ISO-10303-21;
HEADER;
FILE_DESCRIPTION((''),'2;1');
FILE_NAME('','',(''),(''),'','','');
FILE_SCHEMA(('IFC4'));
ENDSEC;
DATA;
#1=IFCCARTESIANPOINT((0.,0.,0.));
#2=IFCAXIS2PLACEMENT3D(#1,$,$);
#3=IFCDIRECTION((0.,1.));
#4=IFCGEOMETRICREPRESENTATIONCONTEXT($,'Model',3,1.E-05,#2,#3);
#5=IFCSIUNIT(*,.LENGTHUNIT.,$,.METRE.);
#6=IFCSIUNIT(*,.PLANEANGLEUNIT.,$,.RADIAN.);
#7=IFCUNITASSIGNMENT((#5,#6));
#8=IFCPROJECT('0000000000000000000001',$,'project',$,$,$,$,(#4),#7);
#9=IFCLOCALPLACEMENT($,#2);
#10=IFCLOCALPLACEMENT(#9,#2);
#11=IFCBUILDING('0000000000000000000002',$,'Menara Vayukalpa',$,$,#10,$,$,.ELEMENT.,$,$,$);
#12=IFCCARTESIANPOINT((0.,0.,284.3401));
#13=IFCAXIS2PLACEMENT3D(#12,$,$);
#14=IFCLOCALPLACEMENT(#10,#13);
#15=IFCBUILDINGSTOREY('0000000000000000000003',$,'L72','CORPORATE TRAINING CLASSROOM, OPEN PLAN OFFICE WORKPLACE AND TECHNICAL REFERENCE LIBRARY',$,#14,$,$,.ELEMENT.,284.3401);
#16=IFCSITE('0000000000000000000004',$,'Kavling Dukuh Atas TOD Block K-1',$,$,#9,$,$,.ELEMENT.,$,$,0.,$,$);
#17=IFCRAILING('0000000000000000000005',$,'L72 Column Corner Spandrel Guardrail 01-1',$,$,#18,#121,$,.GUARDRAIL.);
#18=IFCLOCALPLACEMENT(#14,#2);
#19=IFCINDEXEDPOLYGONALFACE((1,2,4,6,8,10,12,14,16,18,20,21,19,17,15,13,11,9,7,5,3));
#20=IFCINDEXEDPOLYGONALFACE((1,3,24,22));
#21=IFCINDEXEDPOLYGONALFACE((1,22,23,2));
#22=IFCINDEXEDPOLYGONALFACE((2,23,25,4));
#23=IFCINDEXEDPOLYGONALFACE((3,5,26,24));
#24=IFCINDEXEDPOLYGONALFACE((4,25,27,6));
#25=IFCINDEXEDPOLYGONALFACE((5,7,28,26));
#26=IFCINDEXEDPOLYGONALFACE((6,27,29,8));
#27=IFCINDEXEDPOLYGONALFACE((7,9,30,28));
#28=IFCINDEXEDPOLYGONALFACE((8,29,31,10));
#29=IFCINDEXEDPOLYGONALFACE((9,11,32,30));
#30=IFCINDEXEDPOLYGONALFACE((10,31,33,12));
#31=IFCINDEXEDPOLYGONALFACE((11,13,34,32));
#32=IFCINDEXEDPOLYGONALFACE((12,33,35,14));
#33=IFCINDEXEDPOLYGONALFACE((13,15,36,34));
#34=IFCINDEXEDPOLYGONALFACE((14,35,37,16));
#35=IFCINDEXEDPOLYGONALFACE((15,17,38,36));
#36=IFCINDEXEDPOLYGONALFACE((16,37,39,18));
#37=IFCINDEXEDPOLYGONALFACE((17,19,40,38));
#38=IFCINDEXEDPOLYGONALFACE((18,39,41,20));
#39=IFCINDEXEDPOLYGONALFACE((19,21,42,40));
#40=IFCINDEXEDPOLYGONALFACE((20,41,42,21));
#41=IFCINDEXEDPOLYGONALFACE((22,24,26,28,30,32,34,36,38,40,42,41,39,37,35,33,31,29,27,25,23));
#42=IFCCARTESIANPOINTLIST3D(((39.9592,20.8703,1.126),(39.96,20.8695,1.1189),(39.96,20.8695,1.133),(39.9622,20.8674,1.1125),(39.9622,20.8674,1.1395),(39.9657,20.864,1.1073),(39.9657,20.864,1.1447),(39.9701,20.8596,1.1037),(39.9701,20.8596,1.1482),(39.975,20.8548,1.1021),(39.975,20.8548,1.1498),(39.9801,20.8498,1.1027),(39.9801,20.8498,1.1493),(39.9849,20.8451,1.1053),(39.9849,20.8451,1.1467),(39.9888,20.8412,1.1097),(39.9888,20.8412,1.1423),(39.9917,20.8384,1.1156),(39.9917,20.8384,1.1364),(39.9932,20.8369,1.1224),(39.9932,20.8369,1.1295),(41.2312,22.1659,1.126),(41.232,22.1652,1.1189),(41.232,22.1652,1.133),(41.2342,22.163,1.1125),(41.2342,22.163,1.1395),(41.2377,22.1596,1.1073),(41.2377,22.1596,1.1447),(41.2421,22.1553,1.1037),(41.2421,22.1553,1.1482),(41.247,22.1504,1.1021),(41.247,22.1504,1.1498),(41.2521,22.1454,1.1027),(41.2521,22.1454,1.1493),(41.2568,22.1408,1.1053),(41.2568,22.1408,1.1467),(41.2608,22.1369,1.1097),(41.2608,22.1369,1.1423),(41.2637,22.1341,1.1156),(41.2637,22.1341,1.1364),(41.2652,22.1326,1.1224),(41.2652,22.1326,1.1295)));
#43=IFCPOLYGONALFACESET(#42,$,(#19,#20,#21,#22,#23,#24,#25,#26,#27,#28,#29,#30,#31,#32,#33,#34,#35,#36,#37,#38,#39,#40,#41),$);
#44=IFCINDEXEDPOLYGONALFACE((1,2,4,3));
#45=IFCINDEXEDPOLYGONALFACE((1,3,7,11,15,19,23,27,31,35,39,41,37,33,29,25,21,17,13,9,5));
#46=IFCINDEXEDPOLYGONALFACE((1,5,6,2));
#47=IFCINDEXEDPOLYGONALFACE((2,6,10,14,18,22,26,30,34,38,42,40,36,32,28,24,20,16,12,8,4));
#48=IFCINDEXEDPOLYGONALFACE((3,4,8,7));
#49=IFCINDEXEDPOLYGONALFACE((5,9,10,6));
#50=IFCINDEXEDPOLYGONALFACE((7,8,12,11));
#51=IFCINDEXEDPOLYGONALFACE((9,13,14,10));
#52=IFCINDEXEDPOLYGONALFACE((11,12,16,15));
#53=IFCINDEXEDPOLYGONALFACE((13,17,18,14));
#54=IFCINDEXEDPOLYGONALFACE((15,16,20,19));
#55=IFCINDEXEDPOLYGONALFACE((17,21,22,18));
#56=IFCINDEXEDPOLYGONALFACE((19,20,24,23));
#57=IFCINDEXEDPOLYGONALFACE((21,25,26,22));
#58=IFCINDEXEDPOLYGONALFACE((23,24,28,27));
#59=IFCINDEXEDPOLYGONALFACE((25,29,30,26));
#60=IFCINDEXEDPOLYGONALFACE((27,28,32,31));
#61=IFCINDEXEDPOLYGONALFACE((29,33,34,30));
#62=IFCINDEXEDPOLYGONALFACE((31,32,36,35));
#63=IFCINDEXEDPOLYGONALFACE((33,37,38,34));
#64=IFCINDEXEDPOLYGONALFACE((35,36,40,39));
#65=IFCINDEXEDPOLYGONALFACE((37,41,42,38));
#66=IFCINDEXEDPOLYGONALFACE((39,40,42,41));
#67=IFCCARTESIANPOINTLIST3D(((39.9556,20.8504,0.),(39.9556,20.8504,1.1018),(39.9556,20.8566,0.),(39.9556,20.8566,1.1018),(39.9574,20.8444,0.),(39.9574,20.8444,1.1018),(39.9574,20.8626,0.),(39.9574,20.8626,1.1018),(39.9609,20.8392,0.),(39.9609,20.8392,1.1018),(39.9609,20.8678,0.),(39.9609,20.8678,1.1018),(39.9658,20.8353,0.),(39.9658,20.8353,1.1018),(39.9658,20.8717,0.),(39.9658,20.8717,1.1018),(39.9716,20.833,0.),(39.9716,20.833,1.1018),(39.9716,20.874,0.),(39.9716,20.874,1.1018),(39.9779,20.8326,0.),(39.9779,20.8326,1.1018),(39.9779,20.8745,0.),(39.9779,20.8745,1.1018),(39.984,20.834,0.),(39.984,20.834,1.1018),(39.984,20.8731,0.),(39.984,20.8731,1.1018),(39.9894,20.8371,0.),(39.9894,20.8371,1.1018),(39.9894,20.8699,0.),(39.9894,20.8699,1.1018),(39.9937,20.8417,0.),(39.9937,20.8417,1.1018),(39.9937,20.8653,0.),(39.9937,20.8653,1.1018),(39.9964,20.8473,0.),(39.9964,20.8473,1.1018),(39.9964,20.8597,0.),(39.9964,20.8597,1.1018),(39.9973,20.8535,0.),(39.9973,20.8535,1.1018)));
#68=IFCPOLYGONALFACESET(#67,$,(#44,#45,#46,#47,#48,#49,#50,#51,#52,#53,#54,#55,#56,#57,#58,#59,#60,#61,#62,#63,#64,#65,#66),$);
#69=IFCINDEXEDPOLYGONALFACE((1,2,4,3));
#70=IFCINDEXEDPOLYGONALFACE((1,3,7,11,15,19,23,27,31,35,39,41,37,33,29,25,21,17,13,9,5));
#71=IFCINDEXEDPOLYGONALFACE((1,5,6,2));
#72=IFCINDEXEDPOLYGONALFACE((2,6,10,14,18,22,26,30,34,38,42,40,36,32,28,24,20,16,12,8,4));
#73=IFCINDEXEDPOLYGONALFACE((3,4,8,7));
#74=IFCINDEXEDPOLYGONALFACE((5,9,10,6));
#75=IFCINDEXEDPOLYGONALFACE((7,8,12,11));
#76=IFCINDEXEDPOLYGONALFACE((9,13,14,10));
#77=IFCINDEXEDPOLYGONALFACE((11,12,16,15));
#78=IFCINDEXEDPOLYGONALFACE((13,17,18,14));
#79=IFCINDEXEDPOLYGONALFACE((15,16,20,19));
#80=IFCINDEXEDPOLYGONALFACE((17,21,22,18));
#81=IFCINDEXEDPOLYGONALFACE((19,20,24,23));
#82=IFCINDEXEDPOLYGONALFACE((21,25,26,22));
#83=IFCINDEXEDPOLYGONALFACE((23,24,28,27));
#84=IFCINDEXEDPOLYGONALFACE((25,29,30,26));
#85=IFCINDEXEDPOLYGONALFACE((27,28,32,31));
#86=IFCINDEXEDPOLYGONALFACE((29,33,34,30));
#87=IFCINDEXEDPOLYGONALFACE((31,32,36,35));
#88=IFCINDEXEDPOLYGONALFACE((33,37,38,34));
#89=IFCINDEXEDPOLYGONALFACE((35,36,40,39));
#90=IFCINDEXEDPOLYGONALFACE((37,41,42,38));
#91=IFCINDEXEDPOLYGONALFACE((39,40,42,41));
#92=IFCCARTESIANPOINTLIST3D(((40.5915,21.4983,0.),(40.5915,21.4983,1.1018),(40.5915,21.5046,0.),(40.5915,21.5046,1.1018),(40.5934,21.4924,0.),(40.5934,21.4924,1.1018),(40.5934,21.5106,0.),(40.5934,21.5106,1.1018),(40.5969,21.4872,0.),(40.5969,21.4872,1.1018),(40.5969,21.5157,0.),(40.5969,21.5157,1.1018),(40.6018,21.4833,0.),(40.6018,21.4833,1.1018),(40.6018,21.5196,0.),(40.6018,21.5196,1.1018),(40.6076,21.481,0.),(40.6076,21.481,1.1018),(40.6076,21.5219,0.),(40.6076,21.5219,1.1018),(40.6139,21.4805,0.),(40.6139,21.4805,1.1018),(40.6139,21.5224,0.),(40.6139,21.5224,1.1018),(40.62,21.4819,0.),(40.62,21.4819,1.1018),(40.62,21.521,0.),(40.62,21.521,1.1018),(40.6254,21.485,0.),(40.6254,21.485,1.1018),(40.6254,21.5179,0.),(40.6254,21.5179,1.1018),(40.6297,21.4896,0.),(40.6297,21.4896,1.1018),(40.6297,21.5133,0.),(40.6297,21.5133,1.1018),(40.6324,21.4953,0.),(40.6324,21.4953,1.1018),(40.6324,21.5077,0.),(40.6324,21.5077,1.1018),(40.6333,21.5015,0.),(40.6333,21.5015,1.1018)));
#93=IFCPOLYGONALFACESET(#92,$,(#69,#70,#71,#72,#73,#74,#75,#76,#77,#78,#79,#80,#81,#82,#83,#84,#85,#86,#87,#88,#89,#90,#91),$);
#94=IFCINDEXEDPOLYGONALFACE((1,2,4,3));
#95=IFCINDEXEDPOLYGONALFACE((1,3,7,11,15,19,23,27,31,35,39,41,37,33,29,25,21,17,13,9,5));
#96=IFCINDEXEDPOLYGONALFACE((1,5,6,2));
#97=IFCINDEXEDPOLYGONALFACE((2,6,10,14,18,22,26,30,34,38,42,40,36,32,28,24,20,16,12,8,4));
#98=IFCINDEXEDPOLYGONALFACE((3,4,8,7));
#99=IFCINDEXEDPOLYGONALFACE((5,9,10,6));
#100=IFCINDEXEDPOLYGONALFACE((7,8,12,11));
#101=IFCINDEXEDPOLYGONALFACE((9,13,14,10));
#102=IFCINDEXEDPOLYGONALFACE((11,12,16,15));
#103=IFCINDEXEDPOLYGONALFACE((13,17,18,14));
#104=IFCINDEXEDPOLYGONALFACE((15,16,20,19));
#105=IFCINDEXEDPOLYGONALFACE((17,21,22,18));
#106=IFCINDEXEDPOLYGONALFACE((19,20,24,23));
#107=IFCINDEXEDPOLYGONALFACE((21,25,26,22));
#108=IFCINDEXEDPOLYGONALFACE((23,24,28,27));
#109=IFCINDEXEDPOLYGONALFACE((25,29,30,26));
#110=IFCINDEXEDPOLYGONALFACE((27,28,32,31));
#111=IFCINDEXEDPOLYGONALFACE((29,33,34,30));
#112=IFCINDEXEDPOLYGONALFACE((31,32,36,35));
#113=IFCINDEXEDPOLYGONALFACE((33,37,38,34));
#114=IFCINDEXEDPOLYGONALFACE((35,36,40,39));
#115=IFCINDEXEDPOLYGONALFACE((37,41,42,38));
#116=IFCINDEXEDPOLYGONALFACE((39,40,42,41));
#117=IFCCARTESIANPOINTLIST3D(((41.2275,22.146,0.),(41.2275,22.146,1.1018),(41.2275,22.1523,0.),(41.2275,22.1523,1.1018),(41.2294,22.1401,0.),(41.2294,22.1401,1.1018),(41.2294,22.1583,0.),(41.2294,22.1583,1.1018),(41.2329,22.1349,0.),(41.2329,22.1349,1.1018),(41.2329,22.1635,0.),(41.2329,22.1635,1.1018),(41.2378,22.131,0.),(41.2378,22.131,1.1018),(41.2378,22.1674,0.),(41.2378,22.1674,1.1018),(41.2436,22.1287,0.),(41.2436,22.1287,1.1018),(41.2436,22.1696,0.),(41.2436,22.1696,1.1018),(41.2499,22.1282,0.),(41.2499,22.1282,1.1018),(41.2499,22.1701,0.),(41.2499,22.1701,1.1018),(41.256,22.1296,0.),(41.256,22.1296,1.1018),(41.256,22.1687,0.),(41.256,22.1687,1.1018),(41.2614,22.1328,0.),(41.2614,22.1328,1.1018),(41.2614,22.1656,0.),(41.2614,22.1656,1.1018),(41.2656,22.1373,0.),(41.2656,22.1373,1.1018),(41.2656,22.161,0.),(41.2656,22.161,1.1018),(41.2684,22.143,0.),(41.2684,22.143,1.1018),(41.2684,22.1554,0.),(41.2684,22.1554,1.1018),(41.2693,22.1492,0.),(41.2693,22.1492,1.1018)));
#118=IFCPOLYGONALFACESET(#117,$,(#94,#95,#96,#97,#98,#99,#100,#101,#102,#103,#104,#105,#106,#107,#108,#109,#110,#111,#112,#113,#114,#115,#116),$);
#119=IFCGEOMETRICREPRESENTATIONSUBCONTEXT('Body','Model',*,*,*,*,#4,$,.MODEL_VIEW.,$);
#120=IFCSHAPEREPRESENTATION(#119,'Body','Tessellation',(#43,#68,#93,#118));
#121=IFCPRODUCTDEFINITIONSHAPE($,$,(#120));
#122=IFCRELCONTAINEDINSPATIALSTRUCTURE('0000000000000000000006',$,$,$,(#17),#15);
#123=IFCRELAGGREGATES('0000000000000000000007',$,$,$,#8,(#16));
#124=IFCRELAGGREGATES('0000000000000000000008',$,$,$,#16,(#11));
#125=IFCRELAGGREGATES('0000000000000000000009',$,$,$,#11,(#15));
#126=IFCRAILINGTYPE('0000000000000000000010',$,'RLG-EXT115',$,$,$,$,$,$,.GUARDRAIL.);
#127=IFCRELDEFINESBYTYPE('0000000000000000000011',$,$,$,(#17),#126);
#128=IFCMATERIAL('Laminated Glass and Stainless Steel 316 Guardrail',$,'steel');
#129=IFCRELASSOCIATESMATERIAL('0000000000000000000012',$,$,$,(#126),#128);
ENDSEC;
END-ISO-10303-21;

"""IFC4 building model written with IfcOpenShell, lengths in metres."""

from ifc_helpers import new_model, si_unit, direction, frame, origin, origin_2d, place, context, subcontext, project, spatial, circle, extrude, material, type_object, element, save


model = new_model("IFC4")

# Units and contexts
model_context = context("Model", 3, precision=1e-05, world=origin(), true_north=direction((0.0, 1.0)))
body_context = subcontext(model_context, "Body", "Model", "MODEL_VIEW")
ifc_project = project(units=[si_unit("LENGTHUNIT", "METRE"), si_unit("PLANEANGLEUNIT", "RADIAN")], contexts=[model_context])

# Site, building, storey
site_placement = place(None, origin())
site = spatial("IfcSite", under=ifc_project, at=site_placement, Name="Kavling Dukuh Atas TOD Block K-1", CompositionType="ELEMENT", RefElevation=0.0)
building_placement = place(site_placement, origin())
building = spatial("IfcBuilding", under=site, at=building_placement, Name="Menara Vayukalpa", CompositionType="ELEMENT")
storey_placement = place(building_placement, frame((0.0, 0.0, 284.3401)))
storey = spatial("IfcBuildingStorey", under=building, at=storey_placement, Name="L72", Description="CORPORATE TRAINING CLASSROOM, OPEN PLAN OFFICE WORKPLACE AND TECHNICAL REFERENCE LIBRARY", CompositionType="ELEMENT", Elevation=284.3401)

# Railing
ifc_material_1 = material(Name="Laminated Glass and Stainless Steel 316 Guardrail", Category="steel")
railing_type_1 = type_object("IfcRailingType", Name="RLG-EXT115", PredefinedType="GUARDRAIL", material=ifc_material_1)
railing_1_placement = place(storey_placement, frame((39.9763, 20.8535, 0.0)))
element("IfcRailing", 1, at=railing_1_placement, inside=storey, type_object=railing_type_1, Name="L72 Column Corner Spandrel Guardrail 01-1", PredefinedType="GUARDRAIL", context=body_context, shape_type="SweptSolid", body=[
    extrude(circle(Radius=0.0239, at=origin_2d()), frame((0.0, 0.0, 1.126), z_axis=(0.700555, 0.713598, 0.0), x_axis=(-0.713598, 0.700555, 0.0)), (0.0, 0.0, 1.0), 1.8157),
    extrude(circle(Radius=0.021, at=origin_2d()), origin(), (0.0, 0.0, 1.0), 1.1018),
    extrude(circle(Radius=0.021, at=origin_2d()), frame((0.636, 0.6479, 0.0)), (0.0, 0.0, 1.0), 1.1018),
    extrude(circle(Radius=0.021, at=origin_2d()), frame((1.272, 1.2957, 0.0)), (0.0, 0.0, 1.0), 1.1018),
])

save(model, "model.ifc")
